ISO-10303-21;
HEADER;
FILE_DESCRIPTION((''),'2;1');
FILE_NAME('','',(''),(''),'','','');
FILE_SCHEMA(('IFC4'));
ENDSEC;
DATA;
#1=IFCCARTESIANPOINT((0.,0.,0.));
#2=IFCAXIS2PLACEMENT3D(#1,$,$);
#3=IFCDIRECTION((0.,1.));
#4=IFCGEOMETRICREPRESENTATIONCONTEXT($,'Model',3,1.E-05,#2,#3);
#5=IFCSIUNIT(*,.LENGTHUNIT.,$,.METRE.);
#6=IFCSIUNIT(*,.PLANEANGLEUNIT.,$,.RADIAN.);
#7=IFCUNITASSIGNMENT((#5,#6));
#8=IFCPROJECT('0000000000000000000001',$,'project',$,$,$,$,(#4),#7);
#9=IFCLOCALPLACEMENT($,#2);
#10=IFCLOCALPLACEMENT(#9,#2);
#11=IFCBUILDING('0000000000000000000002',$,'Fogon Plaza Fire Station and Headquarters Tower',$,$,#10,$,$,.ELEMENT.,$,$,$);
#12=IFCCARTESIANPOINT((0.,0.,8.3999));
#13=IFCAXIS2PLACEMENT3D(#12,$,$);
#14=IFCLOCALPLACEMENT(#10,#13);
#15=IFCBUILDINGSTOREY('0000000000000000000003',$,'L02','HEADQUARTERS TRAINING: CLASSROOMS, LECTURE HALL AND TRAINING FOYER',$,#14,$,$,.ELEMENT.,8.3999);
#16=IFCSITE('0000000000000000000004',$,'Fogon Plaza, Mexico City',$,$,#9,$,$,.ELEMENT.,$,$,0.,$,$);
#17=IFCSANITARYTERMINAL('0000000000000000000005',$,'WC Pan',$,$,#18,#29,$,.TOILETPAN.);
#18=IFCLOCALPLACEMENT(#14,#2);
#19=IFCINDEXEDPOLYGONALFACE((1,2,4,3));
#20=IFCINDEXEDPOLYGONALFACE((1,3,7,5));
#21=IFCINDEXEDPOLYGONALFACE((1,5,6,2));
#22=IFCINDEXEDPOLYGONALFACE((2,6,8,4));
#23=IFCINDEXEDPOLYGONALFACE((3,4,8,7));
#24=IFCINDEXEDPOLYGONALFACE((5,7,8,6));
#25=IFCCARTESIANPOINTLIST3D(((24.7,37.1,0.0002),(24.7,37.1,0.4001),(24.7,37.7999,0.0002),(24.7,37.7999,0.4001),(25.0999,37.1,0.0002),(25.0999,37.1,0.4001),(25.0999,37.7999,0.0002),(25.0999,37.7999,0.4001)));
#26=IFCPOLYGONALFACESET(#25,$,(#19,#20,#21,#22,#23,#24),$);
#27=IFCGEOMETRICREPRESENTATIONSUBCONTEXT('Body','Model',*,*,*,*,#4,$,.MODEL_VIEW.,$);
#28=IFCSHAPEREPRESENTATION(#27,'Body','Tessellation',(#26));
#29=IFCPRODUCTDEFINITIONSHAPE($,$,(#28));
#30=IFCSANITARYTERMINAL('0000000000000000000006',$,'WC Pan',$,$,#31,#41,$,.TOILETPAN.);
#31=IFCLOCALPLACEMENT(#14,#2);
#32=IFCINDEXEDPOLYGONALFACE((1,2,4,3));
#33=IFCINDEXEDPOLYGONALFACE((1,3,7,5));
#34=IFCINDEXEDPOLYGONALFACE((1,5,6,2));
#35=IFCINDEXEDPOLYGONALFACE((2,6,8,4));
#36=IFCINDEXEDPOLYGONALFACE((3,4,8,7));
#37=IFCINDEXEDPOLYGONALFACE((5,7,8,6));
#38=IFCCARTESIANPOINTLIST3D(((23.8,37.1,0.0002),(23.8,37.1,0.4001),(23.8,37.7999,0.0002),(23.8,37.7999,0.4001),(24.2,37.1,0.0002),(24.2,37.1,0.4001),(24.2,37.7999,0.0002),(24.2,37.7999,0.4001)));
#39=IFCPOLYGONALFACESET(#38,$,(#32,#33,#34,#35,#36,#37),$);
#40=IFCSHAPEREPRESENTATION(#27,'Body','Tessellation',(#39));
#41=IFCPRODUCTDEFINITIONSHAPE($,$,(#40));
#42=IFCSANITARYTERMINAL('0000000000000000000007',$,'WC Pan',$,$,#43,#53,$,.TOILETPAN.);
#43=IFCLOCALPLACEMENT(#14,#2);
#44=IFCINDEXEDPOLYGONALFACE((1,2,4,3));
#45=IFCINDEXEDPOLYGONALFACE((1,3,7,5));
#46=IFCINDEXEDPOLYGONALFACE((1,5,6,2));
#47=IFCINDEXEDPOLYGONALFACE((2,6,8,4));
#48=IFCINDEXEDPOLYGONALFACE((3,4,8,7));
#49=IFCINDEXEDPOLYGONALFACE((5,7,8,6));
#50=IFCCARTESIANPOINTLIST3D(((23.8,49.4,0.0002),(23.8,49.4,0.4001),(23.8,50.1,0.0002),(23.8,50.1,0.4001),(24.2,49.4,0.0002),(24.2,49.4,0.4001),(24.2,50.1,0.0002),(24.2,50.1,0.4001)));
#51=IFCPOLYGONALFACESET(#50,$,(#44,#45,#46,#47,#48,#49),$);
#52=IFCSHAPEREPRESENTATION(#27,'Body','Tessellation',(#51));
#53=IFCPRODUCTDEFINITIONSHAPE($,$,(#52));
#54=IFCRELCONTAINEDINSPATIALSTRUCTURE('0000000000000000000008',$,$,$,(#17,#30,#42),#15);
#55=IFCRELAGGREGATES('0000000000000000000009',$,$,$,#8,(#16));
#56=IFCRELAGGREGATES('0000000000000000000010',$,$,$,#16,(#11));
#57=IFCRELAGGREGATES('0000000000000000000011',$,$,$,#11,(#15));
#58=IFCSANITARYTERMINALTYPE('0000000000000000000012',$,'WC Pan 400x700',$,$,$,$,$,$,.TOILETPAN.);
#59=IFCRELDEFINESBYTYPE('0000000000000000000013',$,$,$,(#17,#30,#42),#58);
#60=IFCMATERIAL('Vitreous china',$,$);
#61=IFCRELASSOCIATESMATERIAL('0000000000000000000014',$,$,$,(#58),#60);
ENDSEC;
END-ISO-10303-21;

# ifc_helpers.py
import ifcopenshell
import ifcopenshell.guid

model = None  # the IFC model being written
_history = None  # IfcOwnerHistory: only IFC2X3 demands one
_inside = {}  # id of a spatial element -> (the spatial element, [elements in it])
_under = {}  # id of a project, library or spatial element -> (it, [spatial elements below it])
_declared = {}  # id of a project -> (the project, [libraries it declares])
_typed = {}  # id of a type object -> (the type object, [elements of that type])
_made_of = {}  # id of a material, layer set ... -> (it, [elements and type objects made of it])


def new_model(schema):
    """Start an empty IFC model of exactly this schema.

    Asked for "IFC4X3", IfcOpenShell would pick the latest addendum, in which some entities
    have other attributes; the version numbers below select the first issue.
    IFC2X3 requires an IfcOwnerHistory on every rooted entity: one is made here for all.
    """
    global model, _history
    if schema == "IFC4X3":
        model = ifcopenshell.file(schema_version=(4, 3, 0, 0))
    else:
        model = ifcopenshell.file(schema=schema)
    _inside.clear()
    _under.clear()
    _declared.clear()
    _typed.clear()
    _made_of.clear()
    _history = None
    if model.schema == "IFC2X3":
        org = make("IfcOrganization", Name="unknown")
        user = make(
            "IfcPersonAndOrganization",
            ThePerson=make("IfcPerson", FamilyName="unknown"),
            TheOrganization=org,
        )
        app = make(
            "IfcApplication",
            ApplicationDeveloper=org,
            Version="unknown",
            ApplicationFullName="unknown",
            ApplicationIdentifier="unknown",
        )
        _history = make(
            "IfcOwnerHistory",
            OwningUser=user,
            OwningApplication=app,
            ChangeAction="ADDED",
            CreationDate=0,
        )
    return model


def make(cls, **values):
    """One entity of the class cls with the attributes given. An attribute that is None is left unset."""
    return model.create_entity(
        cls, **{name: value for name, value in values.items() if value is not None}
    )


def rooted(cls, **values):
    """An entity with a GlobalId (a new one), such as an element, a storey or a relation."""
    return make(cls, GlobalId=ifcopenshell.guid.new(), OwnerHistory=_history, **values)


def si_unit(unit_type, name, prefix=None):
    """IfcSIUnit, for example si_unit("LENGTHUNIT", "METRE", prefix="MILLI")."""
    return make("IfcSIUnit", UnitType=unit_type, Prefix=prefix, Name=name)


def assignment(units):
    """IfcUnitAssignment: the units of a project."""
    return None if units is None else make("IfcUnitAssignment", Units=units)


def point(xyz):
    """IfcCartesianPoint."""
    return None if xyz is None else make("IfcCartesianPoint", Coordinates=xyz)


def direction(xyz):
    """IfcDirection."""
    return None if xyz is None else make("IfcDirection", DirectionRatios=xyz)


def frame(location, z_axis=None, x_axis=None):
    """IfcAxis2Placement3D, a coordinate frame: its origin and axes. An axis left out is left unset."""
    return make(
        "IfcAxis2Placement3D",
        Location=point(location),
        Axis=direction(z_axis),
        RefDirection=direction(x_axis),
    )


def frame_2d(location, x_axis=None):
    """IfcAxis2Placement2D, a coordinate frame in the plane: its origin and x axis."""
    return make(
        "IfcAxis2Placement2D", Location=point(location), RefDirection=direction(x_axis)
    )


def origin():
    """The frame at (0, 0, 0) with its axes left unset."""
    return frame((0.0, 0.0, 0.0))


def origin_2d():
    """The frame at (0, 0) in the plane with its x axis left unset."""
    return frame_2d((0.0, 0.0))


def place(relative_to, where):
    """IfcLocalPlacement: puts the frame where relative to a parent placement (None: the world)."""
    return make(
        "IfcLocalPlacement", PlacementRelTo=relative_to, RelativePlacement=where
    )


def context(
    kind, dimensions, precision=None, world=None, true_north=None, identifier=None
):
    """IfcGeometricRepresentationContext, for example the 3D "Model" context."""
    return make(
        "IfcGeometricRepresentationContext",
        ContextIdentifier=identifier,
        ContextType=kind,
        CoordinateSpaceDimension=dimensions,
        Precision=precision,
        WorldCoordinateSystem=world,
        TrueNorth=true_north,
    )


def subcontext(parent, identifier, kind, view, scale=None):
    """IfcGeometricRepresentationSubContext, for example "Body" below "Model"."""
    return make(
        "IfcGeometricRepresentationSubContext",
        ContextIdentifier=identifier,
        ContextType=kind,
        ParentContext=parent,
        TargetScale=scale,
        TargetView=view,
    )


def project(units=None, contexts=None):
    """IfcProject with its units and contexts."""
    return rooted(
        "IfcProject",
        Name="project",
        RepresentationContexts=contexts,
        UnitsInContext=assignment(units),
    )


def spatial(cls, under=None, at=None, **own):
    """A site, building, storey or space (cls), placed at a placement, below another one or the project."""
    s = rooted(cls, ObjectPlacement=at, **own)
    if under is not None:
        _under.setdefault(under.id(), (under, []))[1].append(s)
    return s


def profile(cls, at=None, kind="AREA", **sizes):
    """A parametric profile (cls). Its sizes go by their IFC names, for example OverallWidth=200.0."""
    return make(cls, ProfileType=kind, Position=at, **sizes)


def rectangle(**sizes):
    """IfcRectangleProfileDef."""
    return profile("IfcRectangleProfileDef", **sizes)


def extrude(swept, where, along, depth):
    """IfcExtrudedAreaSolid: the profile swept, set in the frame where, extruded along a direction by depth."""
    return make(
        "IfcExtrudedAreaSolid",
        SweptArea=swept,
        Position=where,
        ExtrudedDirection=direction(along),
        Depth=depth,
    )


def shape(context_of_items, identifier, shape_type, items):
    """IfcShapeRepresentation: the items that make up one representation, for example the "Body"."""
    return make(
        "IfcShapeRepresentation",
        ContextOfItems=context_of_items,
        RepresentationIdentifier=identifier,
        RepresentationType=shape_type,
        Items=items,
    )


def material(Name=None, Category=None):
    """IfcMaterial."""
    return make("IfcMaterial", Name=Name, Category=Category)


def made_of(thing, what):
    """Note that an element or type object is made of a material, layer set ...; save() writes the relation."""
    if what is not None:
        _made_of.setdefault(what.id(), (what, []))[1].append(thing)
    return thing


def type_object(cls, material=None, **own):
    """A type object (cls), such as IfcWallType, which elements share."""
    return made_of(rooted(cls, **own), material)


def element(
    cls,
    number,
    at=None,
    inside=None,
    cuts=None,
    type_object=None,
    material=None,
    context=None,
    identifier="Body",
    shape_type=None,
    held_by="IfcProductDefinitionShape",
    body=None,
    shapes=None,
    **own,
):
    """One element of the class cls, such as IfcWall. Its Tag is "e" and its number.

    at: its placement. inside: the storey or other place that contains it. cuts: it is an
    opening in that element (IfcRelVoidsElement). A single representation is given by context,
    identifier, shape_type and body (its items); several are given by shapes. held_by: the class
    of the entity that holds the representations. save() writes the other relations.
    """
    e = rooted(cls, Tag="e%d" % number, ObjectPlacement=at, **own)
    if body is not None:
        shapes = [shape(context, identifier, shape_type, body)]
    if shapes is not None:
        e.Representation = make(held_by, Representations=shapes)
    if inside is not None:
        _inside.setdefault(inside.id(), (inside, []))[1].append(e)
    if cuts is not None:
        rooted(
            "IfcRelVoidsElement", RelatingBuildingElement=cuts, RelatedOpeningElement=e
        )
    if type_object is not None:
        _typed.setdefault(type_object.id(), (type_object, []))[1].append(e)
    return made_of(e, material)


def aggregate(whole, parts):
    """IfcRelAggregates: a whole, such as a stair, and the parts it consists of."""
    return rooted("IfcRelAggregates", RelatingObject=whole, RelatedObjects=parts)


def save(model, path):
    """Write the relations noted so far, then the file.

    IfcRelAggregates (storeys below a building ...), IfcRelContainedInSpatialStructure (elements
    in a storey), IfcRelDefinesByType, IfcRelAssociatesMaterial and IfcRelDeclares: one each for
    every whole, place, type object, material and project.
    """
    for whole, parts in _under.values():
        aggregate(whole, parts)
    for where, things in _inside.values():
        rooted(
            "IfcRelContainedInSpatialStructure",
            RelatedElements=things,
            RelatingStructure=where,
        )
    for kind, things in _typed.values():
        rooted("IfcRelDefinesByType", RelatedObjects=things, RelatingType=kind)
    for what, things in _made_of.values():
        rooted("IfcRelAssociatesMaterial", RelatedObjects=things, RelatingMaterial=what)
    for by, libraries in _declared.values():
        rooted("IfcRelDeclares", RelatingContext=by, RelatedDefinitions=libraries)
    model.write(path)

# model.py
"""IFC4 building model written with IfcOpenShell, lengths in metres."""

from ifc_helpers import new_model, si_unit, direction, frame, origin, origin_2d, place, context, subcontext, project, spatial, rectangle, extrude, material, type_object, element, save


model = new_model("IFC4")

# Units and contexts
model_context = context("Model", 3, precision=1e-05, world=origin(), true_north=direction((0.0, 1.0)))
body_context = subcontext(model_context, "Body", "Model", "MODEL_VIEW")
ifc_project = project(units=[si_unit("LENGTHUNIT", "METRE"), si_unit("PLANEANGLEUNIT", "RADIAN")], contexts=[model_context])

# Site, building, storey
site_placement = place(None, origin())
site = spatial("IfcSite", under=ifc_project, at=site_placement, Name="Fogon Plaza, Mexico City", CompositionType="ELEMENT", RefElevation=0.0)
building_placement = place(site_placement, origin())
building = spatial("IfcBuilding", under=site, at=building_placement, Name="Fogon Plaza Fire Station and Headquarters Tower", CompositionType="ELEMENT")
storey_placement = place(building_placement, frame((0.0, 0.0, 8.3999)))
storey = spatial("IfcBuildingStorey", under=building, at=storey_placement, Name="L02", Description="HEADQUARTERS TRAINING: CLASSROOMS, LECTURE HALL AND TRAINING FOYER", CompositionType="ELEMENT", Elevation=8.3999)

# Sanitary terminals
ifc_material_1 = material(Name="Vitreous china")
sanitary_terminal_type_1 = type_object("IfcSanitaryTerminalType", Name="WC Pan 400x700", PredefinedType="TOILETPAN", material=ifc_material_1)
for number, where, z_axis, x_axis, name in (
    (1, (24.8999, 37.45, 0.0002), (0.0, 0.0, 1.0), (1.0, 0.0, 0.0), "WC Pan"),
    (2, (24.0, 37.45, 0.0002), (0.0, 0.0, 1.0), (1.0, 0.0, 0.0), "WC Pan"),
    (3, (24.0, 49.75, 0.0002), (0.0, 0.0, 1.0), (1.0, 0.0, 0.0), "WC Pan"),
):
    element("IfcSanitaryTerminal", number, at=place(storey_placement, frame(where, z_axis=z_axis, x_axis=x_axis)), inside=storey, type_object=sanitary_terminal_type_1, Name=name, PredefinedType="TOILETPAN", context=body_context, shape_type="SweptSolid", body=[
        extrude(rectangle(XDim=0.3999, YDim=0.7, at=origin_2d()), origin(), (0.0, 0.0, 1.0), 0.3999),
    ])

save(model, "model.ifc")
